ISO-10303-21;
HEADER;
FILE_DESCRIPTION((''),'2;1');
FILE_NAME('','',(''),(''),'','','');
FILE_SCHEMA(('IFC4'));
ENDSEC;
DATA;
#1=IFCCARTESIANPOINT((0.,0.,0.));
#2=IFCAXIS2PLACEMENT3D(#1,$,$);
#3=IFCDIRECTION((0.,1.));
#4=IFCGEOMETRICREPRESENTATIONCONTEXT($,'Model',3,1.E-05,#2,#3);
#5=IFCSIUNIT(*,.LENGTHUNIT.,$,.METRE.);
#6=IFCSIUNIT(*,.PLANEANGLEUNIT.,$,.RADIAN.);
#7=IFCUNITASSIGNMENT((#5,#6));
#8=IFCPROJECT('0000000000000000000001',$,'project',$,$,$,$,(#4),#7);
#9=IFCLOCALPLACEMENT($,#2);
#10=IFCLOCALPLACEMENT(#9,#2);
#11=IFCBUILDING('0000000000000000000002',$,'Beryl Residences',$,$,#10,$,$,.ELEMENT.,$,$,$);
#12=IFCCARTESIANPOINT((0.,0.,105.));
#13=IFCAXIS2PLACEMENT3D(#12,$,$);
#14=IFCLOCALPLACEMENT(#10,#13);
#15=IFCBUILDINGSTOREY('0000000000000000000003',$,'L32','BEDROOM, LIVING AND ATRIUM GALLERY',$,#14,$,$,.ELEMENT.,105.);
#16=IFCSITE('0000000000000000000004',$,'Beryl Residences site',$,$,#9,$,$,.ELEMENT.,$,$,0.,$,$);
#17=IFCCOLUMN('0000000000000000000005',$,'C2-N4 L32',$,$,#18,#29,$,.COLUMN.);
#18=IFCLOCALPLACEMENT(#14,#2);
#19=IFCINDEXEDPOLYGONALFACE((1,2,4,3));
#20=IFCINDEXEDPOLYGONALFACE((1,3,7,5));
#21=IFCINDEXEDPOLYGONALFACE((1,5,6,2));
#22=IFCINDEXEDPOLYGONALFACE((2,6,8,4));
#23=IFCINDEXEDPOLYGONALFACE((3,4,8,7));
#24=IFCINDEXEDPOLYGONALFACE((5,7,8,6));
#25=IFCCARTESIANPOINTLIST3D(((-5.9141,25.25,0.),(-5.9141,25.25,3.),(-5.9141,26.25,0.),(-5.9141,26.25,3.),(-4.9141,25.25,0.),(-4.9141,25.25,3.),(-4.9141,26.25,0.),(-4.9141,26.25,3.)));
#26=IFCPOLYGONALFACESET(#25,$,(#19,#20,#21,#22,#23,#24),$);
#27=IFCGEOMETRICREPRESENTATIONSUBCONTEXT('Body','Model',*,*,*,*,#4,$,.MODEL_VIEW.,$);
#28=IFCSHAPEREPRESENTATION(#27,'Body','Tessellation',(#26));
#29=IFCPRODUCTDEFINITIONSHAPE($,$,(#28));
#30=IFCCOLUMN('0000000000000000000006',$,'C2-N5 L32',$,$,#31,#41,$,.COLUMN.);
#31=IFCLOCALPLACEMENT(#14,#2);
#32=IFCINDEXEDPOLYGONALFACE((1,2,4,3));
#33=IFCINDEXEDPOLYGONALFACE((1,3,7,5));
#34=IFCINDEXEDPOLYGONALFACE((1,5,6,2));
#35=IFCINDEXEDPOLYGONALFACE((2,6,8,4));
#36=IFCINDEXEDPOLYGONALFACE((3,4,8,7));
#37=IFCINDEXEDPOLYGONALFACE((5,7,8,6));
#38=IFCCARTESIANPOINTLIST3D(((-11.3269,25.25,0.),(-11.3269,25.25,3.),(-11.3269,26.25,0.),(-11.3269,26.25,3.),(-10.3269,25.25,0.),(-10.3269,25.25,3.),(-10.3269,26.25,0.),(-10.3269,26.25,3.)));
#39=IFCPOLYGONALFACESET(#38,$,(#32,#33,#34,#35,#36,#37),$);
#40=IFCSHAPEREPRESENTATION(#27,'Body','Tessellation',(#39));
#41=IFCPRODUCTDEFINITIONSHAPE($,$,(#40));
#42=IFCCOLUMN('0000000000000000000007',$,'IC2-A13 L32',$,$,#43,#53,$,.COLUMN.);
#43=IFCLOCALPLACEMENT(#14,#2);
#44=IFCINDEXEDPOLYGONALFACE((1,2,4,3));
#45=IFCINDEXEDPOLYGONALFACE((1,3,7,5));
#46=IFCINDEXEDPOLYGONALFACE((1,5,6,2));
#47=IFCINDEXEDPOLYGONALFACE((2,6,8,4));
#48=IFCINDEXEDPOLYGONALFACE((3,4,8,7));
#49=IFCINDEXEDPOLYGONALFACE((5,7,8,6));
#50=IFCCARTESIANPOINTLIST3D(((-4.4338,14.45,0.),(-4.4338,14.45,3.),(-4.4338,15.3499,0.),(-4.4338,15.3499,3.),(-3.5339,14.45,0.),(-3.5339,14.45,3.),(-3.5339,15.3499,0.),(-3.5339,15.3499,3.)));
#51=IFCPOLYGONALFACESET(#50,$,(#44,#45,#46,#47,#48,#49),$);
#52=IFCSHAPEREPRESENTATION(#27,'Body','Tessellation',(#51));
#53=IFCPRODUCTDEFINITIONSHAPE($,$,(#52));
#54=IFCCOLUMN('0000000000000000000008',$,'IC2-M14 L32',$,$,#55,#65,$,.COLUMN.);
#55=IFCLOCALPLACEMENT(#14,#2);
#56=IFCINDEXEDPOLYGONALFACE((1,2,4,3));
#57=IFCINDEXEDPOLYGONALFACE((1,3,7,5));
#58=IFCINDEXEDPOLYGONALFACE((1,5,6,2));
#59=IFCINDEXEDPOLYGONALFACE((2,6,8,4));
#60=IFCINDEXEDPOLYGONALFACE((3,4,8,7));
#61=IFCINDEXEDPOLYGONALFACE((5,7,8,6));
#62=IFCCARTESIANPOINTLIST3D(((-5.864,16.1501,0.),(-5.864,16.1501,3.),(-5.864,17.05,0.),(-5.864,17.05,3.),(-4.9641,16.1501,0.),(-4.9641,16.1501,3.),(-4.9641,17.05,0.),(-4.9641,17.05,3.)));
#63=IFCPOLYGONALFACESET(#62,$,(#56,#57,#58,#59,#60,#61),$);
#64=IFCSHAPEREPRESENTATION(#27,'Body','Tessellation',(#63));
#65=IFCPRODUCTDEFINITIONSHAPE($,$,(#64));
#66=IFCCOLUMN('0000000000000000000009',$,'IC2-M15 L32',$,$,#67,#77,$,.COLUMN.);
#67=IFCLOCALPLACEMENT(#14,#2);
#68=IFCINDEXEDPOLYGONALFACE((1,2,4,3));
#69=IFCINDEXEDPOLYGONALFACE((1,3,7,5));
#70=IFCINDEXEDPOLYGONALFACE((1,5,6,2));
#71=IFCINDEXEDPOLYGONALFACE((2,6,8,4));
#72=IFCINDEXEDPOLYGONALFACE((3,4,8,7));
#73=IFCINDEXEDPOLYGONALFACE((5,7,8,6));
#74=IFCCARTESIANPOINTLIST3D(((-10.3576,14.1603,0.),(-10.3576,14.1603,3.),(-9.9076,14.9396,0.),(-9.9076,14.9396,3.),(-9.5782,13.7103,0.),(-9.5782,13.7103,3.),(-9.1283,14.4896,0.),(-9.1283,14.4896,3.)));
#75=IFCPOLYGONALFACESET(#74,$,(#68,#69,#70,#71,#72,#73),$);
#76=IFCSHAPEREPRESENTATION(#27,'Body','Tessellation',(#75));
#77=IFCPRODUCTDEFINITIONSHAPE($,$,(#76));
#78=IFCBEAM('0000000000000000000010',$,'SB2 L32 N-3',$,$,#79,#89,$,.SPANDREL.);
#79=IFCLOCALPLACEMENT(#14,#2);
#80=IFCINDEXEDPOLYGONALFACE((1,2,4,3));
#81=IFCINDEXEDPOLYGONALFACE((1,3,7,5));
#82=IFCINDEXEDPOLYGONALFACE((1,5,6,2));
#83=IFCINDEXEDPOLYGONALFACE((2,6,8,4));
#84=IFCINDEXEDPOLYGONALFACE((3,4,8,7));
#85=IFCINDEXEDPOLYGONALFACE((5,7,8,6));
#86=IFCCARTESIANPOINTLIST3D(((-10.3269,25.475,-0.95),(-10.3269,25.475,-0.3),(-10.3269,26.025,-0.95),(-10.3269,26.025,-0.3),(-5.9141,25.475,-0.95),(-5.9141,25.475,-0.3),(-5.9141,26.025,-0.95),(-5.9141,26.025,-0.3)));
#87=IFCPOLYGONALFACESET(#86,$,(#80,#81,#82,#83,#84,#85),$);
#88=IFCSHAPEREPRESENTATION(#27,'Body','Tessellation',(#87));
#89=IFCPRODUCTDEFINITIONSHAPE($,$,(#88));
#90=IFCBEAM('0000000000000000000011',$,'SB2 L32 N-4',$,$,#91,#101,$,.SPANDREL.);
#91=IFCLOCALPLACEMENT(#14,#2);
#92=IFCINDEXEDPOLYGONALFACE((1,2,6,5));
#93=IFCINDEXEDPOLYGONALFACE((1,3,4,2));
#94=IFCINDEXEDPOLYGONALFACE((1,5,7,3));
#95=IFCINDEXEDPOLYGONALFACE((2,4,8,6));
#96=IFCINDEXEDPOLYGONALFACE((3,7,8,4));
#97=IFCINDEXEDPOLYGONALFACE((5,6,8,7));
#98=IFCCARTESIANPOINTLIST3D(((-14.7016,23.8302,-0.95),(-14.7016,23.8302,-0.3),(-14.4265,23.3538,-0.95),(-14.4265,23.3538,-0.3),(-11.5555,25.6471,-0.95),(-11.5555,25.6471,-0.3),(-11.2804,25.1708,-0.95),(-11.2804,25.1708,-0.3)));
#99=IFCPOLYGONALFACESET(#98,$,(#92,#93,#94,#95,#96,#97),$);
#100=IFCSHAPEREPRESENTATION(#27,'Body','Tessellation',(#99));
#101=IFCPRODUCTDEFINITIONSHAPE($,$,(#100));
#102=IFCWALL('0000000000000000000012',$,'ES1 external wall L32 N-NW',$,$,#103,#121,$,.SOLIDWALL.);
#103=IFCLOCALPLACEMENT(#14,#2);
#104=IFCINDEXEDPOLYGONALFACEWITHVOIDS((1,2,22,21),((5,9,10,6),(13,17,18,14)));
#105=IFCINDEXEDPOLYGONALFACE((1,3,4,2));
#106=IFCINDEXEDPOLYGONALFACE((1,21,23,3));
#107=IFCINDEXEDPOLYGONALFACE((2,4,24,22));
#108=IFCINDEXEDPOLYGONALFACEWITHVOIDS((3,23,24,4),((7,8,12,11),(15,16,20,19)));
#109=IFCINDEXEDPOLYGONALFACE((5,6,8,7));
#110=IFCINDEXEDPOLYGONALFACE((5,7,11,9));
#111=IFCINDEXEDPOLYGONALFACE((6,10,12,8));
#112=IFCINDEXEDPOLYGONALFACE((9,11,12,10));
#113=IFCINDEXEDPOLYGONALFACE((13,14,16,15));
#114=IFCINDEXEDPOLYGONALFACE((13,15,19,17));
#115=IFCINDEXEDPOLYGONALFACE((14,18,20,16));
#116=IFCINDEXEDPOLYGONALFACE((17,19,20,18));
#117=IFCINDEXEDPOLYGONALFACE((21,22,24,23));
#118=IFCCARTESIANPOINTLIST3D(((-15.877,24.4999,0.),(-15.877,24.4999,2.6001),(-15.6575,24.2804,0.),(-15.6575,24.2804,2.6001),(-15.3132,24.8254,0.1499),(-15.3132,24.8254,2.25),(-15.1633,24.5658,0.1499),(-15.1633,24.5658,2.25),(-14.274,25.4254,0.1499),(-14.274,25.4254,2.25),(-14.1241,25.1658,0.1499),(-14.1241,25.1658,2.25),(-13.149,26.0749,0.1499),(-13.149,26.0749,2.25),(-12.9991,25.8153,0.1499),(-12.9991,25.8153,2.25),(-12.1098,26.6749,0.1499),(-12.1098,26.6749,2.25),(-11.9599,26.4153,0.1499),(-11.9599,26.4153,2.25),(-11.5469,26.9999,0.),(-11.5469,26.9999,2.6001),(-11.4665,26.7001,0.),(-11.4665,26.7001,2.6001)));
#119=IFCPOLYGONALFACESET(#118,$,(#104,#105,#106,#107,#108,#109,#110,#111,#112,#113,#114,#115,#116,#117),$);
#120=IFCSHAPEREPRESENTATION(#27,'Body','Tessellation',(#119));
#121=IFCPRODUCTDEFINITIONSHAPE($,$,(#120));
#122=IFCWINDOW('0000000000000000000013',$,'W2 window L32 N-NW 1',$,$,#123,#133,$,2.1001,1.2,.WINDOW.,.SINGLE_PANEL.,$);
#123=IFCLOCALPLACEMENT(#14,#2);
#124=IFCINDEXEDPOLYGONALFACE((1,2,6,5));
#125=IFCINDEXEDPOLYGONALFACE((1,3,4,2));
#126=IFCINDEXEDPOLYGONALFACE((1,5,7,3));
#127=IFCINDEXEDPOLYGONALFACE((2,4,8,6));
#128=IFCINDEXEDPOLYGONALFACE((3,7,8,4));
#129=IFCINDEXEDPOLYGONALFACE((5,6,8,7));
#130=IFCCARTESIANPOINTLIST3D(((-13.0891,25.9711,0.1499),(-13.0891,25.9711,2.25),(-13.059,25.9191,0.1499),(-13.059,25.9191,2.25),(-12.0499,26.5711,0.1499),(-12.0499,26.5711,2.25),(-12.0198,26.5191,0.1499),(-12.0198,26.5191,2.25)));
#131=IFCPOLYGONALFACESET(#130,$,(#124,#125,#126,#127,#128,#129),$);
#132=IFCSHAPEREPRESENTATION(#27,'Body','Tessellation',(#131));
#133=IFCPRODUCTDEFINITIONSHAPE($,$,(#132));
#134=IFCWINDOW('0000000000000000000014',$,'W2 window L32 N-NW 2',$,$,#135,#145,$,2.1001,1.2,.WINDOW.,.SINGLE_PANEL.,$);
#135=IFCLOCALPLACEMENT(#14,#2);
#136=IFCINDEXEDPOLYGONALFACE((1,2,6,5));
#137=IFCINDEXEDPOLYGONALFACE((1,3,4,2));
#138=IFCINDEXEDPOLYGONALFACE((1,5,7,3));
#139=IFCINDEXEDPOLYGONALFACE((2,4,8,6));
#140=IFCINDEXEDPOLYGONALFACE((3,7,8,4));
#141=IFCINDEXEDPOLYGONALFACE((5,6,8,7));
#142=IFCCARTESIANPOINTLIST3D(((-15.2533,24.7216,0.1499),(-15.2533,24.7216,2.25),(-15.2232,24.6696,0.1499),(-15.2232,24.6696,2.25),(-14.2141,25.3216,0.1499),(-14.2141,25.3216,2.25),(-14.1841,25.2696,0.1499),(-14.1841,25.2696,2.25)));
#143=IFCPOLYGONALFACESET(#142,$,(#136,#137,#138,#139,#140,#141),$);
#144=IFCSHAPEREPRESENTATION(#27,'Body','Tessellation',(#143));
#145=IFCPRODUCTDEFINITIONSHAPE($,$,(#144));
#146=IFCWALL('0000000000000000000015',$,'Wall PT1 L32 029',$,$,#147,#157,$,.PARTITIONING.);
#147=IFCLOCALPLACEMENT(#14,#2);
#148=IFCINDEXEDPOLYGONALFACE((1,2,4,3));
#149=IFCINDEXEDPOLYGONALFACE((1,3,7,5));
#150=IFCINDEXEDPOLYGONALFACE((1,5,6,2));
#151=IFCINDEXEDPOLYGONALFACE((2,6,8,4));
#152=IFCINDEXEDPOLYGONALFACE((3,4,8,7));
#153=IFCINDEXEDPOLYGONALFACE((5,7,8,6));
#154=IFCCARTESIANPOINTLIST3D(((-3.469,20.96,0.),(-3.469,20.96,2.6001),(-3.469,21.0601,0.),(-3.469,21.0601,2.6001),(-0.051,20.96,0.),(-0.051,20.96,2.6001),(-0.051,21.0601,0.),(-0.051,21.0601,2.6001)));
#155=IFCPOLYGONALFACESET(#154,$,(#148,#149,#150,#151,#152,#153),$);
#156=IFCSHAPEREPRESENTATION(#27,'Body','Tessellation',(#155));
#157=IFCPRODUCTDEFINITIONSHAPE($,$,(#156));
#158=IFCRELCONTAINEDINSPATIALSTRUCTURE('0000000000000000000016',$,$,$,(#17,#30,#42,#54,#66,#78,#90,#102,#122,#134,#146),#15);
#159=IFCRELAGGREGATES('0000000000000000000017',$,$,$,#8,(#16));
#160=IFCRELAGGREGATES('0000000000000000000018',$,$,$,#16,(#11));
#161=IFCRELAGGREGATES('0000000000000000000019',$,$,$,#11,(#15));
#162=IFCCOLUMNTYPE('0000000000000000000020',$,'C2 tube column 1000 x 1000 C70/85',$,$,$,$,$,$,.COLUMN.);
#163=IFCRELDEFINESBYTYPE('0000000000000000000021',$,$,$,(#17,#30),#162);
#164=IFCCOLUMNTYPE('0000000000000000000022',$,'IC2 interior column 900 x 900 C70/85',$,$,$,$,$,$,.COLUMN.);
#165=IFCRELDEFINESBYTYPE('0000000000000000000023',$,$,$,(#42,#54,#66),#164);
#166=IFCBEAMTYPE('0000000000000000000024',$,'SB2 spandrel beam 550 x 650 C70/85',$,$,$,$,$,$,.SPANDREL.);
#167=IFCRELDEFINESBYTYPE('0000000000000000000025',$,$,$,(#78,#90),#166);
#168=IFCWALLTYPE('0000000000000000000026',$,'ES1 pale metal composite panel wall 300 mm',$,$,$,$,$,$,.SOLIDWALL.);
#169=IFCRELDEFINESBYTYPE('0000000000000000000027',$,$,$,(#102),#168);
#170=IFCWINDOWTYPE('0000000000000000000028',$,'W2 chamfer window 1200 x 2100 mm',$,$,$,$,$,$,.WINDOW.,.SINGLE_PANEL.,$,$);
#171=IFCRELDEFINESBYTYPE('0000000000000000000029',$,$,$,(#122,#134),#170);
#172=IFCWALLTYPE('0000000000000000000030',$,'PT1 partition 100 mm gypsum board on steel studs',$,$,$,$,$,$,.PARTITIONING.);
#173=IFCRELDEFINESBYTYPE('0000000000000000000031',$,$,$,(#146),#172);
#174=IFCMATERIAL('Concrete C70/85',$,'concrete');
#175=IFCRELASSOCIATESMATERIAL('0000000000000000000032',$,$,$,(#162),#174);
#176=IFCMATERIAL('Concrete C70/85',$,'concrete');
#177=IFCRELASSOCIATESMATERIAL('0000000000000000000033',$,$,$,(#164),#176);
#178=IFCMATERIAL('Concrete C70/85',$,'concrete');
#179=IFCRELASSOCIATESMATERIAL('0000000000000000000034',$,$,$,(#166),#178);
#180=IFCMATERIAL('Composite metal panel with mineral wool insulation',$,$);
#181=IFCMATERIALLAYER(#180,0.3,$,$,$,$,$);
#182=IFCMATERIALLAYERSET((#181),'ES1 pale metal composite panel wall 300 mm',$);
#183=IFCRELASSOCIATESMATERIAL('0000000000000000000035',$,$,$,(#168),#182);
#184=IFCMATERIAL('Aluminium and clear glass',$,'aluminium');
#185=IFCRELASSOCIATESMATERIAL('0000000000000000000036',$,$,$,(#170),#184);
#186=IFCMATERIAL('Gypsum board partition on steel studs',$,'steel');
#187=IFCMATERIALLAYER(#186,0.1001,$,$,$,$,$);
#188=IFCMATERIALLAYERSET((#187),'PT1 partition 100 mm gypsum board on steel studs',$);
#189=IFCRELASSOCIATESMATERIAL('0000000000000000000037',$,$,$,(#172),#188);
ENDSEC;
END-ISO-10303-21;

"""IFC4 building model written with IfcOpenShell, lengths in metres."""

from ifc_helpers import new_model, si_unit, direction, frame, frame_2d, origin, origin_2d, place, context, subcontext, project, spatial, polyline, rectangle, outline, extrude, material, layer, layer_set, material_profile, profile_set, type_object, element, fill, save


model = new_model("IFC4")

# Units and contexts
model_context = context("Model", 3, precision=1e-05, world=origin(), true_north=direction((0.0, 1.0)))
body_context = subcontext(model_context, "Body", "Model", "MODEL_VIEW")
ifc_project = project(units=[si_unit("LENGTHUNIT", "METRE"), si_unit("PLANEANGLEUNIT", "RADIAN")], contexts=[model_context])

# Site, building, storey
site_placement = place(None, origin())
site = spatial("IfcSite", under=ifc_project, at=site_placement, Name="Beryl Residences site", CompositionType="ELEMENT", RefElevation=0.0)
building_placement = place(site_placement, origin())
building = spatial("IfcBuilding", under=site, at=building_placement, Name="Beryl Residences", CompositionType="ELEMENT")
storey_placement = place(building_placement, frame((0.0, 0.0, 105.0)))
storey = spatial("IfcBuildingStorey", under=building, at=storey_placement, Name="L32", Description="BEDROOM, LIVING AND ATRIUM GALLERY", CompositionType="ELEMENT", Elevation=105.0)

# Columns
ifc_material_1 = material(Name="Concrete C70/85", Category="concrete")
ifc_material_profile_1 = material_profile(ifc_material_1, rectangle(XDim=1.0, YDim=1.0, at=origin_2d()))
ifc_profile_set_1 = profile_set([ifc_material_profile_1], Name="Concrete C70/85")
column_type_1 = type_object("IfcColumnType", Name="C2 tube column 1000 x 1000 C70/85", PredefinedType="COLUMN", material=ifc_profile_set_1)
for number, where, z_axis, x_axis, name in (
    (1, (-5.4141, 25.75, 0.0), (0.0, 0.0, 1.0), (-1.0, 0.0, 0.0), "C2-N4 L32"),
    (2, (-10.8269, 25.75, 0.0), (0.0, 0.0, 1.0), (-1.0, 0.0, 0.0), "C2-N5 L32"),
):
    element("IfcColumn", number, at=place(storey_placement, frame(where, z_axis=z_axis, x_axis=x_axis)), inside=storey, type_object=column_type_1, Name=name, PredefinedType="COLUMN", context=body_context, shape_type="SweptSolid", body=[
        extrude(rectangle(XDim=1.0, YDim=1.0, at=origin_2d()), origin(), (0.0, 0.0, 1.0), 3.0),
    ])
ifc_material_2 = material(Name="Concrete C70/85", Category="concrete")
ifc_material_profile_2 = material_profile(ifc_material_2, rectangle(XDim=0.8999, YDim=0.8999, at=origin_2d()))
ifc_profile_set_2 = profile_set([ifc_material_profile_2], Name="Concrete C70/85")
column_type_2 = type_object("IfcColumnType", Name="IC2 interior column 900 x 900 C70/85", PredefinedType="COLUMN", material=ifc_profile_set_2)
for number, where, z_axis, x_axis, name in (
    (3, (-3.9839, 14.8999, 0.0), (0.0, 0.0, 1.0), (1.0, 0.0, 0.0), "IC2-A13 L32"),
    (4, (-5.4141, 16.6001, 0.0), (0.0, 0.0, 1.0), (-1.0, 0.0, 0.0), "IC2-M14 L32"),
    (5, (-9.7429, 14.325, 0.0), (0.0, 0.0, 1.0), (-0.5, -0.866025, 0.0), "IC2-M15 L32"),
):
    element("IfcColumn", number, at=place(storey_placement, frame(where, z_axis=z_axis, x_axis=x_axis)), inside=storey, type_object=column_type_2, Name=name, PredefinedType="COLUMN", context=body_context, shape_type="SweptSolid", body=[
        extrude(rectangle(XDim=0.8999, YDim=0.8999, at=origin_2d()), origin(), (0.0, 0.0, 1.0), 3.0),
    ])

# Beams
ifc_material_3 = material(Name="Concrete C70/85", Category="concrete")
ifc_material_profile_3 = material_profile(ifc_material_3, rectangle(XDim=0.55, YDim=0.6499, at=origin_2d()))
ifc_profile_set_3 = profile_set([ifc_material_profile_3], Name="Concrete C70/85")
beam_type = type_object("IfcBeamType", Name="SB2 spandrel beam 550 x 650 C70/85", PredefinedType="SPANDREL", material=ifc_profile_set_3)
beam_1_placement = place(storey_placement, frame((-5.9141, 25.75, -0.625), z_axis=(-1.0, 0.0, 0.0), x_axis=(0.0, -1.0, 0.0)))
element("IfcBeam", 6, at=beam_1_placement, inside=storey, type_object=beam_type, Name="SB2 L32 N-3", PredefinedType="SPANDREL", context=body_context, shape_type="SweptSolid", body=[
    extrude(rectangle(XDim=0.55, YDim=0.6499, at=origin_2d()), origin(), (0.0, 0.0, 1.0), 4.4128),
])
beam_2_placement = place(storey_placement, frame((-11.418, 25.4089, -0.625), z_axis=(-0.86596, -0.500114, 0.0), x_axis=(0.500114, -0.86596, 0.0)))
element("IfcBeam", 7, at=beam_2_placement, inside=storey, type_object=beam_type, Name="SB2 L32 N-4", PredefinedType="SPANDREL", context=body_context, shape_type="SweptSolid", body=[
    extrude(rectangle(XDim=0.55, YDim=0.6499, at=origin_2d()), origin(), (0.0, 0.0, 1.0), 3.6331),
])

# Wall, openings, windows
ifc_material_4 = material(Name="Composite metal panel with mineral wool insulation")
ifc_layer_1 = layer(ifc_material_4, 0.3)
ifc_layer_set_1 = layer_set([ifc_layer_1], Name="ES1 pale metal composite panel wall 300 mm")
wall_type_1 = type_object("IfcWallType", Name="ES1 pale metal composite panel wall 300 mm", PredefinedType="SOLIDWALL", material=ifc_layer_set_1)
wall_1_placement = place(storey_placement, frame((-11.4719, 26.8701, 0.0), z_axis=(0.0, 0.0, 1.0), x_axis=(-0.866023, -0.500004, 0.0)))
wall_1 = element("IfcWall", 8, at=wall_1_placement, inside=storey, type_object=wall_type_1, Name="ES1 external wall L32 N-NW", PredefinedType="SOLIDWALL", context=body_context, shape_type="SweptSolid", body=[
    extrude(outline(polyline([(0.0, -0.1499), (5.0, -0.1499), (4.9197, 0.1499), (0.0803, 0.1499), (0.0, -0.1499)])), origin(), (0.0, 0.0, 1.0), 2.6001),
])
opening_1_placement = place(wall_1_placement, frame((0.6499, 0.0, 0.1499)))
opening_1 = element("IfcOpeningElement", 9, at=opening_1_placement, cuts=wall_1, PredefinedType="OPENING", context=body_context, shape_type="SweptSolid", body=[
    extrude(rectangle(XDim=1.2, YDim=2.1001, at=frame_2d((0.6001, 1.05))), frame((0.0, 0.1599, 0.0), z_axis=(0.0, -1.0, 0.0), x_axis=(1.0, 0.0, 0.0)), (0.0, 0.0, 1.0), 0.3201),
])
opening_2_placement = place(wall_1_placement, frame((3.1489, 0.0, 0.1499)))
opening_2 = element("IfcOpeningElement", 10, at=opening_2_placement, cuts=wall_1, PredefinedType="OPENING", context=body_context, shape_type="SweptSolid", body=[
    extrude(rectangle(XDim=1.2, YDim=2.1001, at=frame_2d((0.6001, 1.05))), frame((0.0, 0.1599, 0.0), z_axis=(0.0, -1.0, 0.0), x_axis=(1.0, 0.0, 0.0)), (0.0, 0.0, 1.0), 0.3201),
])
ifc_material_5 = material(Name="Aluminium and clear glass", Category="aluminium")
window_type = type_object("IfcWindowType", Name="W2 chamfer window 1200 x 2100 mm", PartitioningType="SINGLE_PANEL", PredefinedType="WINDOW", material=ifc_material_5)
window_1_placement = place(opening_1_placement, origin())
window_1 = element("IfcWindow", 11, at=window_1_placement, inside=storey, type_object=window_type, Name="W2 window L32 N-NW 1", OverallHeight=2.1001, OverallWidth=1.2, PartitioningType="SINGLE_PANEL", PredefinedType="WINDOW", context=body_context, shape_type="SweptSolid", body=[
    extrude(rectangle(XDim=1.2, YDim=2.1001, at=frame_2d((0.6001, 1.05))), frame((0.0, 0.03, 0.0), z_axis=(0.0, -1.0, 0.0), x_axis=(1.0, 0.0, 0.0)), (0.0, 0.0, 1.0), 0.0601),
])
fill(opening_1, window_1)
window_2_placement = place(opening_2_placement, origin())
window_2 = element("IfcWindow", 12, at=window_2_placement, inside=storey, type_object=window_type, Name="W2 window L32 N-NW 2", OverallHeight=2.1001, OverallWidth=1.2, PartitioningType="SINGLE_PANEL", PredefinedType="WINDOW", context=body_context, shape_type="SweptSolid", body=[
    extrude(rectangle(XDim=1.2, YDim=2.1001, at=frame_2d((0.6001, 1.05))), frame((0.0, 0.03, 0.0), z_axis=(0.0, -1.0, 0.0), x_axis=(1.0, 0.0, 0.0)), (0.0, 0.0, 1.0), 0.0601),
])
fill(opening_2, window_2)

# Wall
ifc_material_6 = material(Name="Gypsum board partition on steel studs", Category="steel")
ifc_layer_2 = layer(ifc_material_6, 0.1001)
ifc_layer_set_2 = layer_set([ifc_layer_2], Name="PT1 partition 100 mm gypsum board on steel studs")
wall_type_2 = type_object("IfcWallType", Name="PT1 partition 100 mm gypsum board on steel studs", PredefinedType="PARTITIONING", material=ifc_layer_set_2)
wall_2_placement = place(storey_placement, frame((-3.469, 21.01, 0.0), z_axis=(0.0, 0.0, 1.0), x_axis=(1.0, 0.0, 0.0)))
element("IfcWall", 13, at=wall_2_placement, inside=storey, type_object=wall_type_2, Name="Wall PT1 L32 029", PredefinedType="PARTITIONING", context=body_context, shape_type="SweptSolid", body=[
    extrude(rectangle(XDim=3.418, YDim=0.1001, at=frame_2d((1.709, 0.0))), origin(), (0.0, 0.0, 1.0), 2.6001),
])

save(model, "model.ifc")
